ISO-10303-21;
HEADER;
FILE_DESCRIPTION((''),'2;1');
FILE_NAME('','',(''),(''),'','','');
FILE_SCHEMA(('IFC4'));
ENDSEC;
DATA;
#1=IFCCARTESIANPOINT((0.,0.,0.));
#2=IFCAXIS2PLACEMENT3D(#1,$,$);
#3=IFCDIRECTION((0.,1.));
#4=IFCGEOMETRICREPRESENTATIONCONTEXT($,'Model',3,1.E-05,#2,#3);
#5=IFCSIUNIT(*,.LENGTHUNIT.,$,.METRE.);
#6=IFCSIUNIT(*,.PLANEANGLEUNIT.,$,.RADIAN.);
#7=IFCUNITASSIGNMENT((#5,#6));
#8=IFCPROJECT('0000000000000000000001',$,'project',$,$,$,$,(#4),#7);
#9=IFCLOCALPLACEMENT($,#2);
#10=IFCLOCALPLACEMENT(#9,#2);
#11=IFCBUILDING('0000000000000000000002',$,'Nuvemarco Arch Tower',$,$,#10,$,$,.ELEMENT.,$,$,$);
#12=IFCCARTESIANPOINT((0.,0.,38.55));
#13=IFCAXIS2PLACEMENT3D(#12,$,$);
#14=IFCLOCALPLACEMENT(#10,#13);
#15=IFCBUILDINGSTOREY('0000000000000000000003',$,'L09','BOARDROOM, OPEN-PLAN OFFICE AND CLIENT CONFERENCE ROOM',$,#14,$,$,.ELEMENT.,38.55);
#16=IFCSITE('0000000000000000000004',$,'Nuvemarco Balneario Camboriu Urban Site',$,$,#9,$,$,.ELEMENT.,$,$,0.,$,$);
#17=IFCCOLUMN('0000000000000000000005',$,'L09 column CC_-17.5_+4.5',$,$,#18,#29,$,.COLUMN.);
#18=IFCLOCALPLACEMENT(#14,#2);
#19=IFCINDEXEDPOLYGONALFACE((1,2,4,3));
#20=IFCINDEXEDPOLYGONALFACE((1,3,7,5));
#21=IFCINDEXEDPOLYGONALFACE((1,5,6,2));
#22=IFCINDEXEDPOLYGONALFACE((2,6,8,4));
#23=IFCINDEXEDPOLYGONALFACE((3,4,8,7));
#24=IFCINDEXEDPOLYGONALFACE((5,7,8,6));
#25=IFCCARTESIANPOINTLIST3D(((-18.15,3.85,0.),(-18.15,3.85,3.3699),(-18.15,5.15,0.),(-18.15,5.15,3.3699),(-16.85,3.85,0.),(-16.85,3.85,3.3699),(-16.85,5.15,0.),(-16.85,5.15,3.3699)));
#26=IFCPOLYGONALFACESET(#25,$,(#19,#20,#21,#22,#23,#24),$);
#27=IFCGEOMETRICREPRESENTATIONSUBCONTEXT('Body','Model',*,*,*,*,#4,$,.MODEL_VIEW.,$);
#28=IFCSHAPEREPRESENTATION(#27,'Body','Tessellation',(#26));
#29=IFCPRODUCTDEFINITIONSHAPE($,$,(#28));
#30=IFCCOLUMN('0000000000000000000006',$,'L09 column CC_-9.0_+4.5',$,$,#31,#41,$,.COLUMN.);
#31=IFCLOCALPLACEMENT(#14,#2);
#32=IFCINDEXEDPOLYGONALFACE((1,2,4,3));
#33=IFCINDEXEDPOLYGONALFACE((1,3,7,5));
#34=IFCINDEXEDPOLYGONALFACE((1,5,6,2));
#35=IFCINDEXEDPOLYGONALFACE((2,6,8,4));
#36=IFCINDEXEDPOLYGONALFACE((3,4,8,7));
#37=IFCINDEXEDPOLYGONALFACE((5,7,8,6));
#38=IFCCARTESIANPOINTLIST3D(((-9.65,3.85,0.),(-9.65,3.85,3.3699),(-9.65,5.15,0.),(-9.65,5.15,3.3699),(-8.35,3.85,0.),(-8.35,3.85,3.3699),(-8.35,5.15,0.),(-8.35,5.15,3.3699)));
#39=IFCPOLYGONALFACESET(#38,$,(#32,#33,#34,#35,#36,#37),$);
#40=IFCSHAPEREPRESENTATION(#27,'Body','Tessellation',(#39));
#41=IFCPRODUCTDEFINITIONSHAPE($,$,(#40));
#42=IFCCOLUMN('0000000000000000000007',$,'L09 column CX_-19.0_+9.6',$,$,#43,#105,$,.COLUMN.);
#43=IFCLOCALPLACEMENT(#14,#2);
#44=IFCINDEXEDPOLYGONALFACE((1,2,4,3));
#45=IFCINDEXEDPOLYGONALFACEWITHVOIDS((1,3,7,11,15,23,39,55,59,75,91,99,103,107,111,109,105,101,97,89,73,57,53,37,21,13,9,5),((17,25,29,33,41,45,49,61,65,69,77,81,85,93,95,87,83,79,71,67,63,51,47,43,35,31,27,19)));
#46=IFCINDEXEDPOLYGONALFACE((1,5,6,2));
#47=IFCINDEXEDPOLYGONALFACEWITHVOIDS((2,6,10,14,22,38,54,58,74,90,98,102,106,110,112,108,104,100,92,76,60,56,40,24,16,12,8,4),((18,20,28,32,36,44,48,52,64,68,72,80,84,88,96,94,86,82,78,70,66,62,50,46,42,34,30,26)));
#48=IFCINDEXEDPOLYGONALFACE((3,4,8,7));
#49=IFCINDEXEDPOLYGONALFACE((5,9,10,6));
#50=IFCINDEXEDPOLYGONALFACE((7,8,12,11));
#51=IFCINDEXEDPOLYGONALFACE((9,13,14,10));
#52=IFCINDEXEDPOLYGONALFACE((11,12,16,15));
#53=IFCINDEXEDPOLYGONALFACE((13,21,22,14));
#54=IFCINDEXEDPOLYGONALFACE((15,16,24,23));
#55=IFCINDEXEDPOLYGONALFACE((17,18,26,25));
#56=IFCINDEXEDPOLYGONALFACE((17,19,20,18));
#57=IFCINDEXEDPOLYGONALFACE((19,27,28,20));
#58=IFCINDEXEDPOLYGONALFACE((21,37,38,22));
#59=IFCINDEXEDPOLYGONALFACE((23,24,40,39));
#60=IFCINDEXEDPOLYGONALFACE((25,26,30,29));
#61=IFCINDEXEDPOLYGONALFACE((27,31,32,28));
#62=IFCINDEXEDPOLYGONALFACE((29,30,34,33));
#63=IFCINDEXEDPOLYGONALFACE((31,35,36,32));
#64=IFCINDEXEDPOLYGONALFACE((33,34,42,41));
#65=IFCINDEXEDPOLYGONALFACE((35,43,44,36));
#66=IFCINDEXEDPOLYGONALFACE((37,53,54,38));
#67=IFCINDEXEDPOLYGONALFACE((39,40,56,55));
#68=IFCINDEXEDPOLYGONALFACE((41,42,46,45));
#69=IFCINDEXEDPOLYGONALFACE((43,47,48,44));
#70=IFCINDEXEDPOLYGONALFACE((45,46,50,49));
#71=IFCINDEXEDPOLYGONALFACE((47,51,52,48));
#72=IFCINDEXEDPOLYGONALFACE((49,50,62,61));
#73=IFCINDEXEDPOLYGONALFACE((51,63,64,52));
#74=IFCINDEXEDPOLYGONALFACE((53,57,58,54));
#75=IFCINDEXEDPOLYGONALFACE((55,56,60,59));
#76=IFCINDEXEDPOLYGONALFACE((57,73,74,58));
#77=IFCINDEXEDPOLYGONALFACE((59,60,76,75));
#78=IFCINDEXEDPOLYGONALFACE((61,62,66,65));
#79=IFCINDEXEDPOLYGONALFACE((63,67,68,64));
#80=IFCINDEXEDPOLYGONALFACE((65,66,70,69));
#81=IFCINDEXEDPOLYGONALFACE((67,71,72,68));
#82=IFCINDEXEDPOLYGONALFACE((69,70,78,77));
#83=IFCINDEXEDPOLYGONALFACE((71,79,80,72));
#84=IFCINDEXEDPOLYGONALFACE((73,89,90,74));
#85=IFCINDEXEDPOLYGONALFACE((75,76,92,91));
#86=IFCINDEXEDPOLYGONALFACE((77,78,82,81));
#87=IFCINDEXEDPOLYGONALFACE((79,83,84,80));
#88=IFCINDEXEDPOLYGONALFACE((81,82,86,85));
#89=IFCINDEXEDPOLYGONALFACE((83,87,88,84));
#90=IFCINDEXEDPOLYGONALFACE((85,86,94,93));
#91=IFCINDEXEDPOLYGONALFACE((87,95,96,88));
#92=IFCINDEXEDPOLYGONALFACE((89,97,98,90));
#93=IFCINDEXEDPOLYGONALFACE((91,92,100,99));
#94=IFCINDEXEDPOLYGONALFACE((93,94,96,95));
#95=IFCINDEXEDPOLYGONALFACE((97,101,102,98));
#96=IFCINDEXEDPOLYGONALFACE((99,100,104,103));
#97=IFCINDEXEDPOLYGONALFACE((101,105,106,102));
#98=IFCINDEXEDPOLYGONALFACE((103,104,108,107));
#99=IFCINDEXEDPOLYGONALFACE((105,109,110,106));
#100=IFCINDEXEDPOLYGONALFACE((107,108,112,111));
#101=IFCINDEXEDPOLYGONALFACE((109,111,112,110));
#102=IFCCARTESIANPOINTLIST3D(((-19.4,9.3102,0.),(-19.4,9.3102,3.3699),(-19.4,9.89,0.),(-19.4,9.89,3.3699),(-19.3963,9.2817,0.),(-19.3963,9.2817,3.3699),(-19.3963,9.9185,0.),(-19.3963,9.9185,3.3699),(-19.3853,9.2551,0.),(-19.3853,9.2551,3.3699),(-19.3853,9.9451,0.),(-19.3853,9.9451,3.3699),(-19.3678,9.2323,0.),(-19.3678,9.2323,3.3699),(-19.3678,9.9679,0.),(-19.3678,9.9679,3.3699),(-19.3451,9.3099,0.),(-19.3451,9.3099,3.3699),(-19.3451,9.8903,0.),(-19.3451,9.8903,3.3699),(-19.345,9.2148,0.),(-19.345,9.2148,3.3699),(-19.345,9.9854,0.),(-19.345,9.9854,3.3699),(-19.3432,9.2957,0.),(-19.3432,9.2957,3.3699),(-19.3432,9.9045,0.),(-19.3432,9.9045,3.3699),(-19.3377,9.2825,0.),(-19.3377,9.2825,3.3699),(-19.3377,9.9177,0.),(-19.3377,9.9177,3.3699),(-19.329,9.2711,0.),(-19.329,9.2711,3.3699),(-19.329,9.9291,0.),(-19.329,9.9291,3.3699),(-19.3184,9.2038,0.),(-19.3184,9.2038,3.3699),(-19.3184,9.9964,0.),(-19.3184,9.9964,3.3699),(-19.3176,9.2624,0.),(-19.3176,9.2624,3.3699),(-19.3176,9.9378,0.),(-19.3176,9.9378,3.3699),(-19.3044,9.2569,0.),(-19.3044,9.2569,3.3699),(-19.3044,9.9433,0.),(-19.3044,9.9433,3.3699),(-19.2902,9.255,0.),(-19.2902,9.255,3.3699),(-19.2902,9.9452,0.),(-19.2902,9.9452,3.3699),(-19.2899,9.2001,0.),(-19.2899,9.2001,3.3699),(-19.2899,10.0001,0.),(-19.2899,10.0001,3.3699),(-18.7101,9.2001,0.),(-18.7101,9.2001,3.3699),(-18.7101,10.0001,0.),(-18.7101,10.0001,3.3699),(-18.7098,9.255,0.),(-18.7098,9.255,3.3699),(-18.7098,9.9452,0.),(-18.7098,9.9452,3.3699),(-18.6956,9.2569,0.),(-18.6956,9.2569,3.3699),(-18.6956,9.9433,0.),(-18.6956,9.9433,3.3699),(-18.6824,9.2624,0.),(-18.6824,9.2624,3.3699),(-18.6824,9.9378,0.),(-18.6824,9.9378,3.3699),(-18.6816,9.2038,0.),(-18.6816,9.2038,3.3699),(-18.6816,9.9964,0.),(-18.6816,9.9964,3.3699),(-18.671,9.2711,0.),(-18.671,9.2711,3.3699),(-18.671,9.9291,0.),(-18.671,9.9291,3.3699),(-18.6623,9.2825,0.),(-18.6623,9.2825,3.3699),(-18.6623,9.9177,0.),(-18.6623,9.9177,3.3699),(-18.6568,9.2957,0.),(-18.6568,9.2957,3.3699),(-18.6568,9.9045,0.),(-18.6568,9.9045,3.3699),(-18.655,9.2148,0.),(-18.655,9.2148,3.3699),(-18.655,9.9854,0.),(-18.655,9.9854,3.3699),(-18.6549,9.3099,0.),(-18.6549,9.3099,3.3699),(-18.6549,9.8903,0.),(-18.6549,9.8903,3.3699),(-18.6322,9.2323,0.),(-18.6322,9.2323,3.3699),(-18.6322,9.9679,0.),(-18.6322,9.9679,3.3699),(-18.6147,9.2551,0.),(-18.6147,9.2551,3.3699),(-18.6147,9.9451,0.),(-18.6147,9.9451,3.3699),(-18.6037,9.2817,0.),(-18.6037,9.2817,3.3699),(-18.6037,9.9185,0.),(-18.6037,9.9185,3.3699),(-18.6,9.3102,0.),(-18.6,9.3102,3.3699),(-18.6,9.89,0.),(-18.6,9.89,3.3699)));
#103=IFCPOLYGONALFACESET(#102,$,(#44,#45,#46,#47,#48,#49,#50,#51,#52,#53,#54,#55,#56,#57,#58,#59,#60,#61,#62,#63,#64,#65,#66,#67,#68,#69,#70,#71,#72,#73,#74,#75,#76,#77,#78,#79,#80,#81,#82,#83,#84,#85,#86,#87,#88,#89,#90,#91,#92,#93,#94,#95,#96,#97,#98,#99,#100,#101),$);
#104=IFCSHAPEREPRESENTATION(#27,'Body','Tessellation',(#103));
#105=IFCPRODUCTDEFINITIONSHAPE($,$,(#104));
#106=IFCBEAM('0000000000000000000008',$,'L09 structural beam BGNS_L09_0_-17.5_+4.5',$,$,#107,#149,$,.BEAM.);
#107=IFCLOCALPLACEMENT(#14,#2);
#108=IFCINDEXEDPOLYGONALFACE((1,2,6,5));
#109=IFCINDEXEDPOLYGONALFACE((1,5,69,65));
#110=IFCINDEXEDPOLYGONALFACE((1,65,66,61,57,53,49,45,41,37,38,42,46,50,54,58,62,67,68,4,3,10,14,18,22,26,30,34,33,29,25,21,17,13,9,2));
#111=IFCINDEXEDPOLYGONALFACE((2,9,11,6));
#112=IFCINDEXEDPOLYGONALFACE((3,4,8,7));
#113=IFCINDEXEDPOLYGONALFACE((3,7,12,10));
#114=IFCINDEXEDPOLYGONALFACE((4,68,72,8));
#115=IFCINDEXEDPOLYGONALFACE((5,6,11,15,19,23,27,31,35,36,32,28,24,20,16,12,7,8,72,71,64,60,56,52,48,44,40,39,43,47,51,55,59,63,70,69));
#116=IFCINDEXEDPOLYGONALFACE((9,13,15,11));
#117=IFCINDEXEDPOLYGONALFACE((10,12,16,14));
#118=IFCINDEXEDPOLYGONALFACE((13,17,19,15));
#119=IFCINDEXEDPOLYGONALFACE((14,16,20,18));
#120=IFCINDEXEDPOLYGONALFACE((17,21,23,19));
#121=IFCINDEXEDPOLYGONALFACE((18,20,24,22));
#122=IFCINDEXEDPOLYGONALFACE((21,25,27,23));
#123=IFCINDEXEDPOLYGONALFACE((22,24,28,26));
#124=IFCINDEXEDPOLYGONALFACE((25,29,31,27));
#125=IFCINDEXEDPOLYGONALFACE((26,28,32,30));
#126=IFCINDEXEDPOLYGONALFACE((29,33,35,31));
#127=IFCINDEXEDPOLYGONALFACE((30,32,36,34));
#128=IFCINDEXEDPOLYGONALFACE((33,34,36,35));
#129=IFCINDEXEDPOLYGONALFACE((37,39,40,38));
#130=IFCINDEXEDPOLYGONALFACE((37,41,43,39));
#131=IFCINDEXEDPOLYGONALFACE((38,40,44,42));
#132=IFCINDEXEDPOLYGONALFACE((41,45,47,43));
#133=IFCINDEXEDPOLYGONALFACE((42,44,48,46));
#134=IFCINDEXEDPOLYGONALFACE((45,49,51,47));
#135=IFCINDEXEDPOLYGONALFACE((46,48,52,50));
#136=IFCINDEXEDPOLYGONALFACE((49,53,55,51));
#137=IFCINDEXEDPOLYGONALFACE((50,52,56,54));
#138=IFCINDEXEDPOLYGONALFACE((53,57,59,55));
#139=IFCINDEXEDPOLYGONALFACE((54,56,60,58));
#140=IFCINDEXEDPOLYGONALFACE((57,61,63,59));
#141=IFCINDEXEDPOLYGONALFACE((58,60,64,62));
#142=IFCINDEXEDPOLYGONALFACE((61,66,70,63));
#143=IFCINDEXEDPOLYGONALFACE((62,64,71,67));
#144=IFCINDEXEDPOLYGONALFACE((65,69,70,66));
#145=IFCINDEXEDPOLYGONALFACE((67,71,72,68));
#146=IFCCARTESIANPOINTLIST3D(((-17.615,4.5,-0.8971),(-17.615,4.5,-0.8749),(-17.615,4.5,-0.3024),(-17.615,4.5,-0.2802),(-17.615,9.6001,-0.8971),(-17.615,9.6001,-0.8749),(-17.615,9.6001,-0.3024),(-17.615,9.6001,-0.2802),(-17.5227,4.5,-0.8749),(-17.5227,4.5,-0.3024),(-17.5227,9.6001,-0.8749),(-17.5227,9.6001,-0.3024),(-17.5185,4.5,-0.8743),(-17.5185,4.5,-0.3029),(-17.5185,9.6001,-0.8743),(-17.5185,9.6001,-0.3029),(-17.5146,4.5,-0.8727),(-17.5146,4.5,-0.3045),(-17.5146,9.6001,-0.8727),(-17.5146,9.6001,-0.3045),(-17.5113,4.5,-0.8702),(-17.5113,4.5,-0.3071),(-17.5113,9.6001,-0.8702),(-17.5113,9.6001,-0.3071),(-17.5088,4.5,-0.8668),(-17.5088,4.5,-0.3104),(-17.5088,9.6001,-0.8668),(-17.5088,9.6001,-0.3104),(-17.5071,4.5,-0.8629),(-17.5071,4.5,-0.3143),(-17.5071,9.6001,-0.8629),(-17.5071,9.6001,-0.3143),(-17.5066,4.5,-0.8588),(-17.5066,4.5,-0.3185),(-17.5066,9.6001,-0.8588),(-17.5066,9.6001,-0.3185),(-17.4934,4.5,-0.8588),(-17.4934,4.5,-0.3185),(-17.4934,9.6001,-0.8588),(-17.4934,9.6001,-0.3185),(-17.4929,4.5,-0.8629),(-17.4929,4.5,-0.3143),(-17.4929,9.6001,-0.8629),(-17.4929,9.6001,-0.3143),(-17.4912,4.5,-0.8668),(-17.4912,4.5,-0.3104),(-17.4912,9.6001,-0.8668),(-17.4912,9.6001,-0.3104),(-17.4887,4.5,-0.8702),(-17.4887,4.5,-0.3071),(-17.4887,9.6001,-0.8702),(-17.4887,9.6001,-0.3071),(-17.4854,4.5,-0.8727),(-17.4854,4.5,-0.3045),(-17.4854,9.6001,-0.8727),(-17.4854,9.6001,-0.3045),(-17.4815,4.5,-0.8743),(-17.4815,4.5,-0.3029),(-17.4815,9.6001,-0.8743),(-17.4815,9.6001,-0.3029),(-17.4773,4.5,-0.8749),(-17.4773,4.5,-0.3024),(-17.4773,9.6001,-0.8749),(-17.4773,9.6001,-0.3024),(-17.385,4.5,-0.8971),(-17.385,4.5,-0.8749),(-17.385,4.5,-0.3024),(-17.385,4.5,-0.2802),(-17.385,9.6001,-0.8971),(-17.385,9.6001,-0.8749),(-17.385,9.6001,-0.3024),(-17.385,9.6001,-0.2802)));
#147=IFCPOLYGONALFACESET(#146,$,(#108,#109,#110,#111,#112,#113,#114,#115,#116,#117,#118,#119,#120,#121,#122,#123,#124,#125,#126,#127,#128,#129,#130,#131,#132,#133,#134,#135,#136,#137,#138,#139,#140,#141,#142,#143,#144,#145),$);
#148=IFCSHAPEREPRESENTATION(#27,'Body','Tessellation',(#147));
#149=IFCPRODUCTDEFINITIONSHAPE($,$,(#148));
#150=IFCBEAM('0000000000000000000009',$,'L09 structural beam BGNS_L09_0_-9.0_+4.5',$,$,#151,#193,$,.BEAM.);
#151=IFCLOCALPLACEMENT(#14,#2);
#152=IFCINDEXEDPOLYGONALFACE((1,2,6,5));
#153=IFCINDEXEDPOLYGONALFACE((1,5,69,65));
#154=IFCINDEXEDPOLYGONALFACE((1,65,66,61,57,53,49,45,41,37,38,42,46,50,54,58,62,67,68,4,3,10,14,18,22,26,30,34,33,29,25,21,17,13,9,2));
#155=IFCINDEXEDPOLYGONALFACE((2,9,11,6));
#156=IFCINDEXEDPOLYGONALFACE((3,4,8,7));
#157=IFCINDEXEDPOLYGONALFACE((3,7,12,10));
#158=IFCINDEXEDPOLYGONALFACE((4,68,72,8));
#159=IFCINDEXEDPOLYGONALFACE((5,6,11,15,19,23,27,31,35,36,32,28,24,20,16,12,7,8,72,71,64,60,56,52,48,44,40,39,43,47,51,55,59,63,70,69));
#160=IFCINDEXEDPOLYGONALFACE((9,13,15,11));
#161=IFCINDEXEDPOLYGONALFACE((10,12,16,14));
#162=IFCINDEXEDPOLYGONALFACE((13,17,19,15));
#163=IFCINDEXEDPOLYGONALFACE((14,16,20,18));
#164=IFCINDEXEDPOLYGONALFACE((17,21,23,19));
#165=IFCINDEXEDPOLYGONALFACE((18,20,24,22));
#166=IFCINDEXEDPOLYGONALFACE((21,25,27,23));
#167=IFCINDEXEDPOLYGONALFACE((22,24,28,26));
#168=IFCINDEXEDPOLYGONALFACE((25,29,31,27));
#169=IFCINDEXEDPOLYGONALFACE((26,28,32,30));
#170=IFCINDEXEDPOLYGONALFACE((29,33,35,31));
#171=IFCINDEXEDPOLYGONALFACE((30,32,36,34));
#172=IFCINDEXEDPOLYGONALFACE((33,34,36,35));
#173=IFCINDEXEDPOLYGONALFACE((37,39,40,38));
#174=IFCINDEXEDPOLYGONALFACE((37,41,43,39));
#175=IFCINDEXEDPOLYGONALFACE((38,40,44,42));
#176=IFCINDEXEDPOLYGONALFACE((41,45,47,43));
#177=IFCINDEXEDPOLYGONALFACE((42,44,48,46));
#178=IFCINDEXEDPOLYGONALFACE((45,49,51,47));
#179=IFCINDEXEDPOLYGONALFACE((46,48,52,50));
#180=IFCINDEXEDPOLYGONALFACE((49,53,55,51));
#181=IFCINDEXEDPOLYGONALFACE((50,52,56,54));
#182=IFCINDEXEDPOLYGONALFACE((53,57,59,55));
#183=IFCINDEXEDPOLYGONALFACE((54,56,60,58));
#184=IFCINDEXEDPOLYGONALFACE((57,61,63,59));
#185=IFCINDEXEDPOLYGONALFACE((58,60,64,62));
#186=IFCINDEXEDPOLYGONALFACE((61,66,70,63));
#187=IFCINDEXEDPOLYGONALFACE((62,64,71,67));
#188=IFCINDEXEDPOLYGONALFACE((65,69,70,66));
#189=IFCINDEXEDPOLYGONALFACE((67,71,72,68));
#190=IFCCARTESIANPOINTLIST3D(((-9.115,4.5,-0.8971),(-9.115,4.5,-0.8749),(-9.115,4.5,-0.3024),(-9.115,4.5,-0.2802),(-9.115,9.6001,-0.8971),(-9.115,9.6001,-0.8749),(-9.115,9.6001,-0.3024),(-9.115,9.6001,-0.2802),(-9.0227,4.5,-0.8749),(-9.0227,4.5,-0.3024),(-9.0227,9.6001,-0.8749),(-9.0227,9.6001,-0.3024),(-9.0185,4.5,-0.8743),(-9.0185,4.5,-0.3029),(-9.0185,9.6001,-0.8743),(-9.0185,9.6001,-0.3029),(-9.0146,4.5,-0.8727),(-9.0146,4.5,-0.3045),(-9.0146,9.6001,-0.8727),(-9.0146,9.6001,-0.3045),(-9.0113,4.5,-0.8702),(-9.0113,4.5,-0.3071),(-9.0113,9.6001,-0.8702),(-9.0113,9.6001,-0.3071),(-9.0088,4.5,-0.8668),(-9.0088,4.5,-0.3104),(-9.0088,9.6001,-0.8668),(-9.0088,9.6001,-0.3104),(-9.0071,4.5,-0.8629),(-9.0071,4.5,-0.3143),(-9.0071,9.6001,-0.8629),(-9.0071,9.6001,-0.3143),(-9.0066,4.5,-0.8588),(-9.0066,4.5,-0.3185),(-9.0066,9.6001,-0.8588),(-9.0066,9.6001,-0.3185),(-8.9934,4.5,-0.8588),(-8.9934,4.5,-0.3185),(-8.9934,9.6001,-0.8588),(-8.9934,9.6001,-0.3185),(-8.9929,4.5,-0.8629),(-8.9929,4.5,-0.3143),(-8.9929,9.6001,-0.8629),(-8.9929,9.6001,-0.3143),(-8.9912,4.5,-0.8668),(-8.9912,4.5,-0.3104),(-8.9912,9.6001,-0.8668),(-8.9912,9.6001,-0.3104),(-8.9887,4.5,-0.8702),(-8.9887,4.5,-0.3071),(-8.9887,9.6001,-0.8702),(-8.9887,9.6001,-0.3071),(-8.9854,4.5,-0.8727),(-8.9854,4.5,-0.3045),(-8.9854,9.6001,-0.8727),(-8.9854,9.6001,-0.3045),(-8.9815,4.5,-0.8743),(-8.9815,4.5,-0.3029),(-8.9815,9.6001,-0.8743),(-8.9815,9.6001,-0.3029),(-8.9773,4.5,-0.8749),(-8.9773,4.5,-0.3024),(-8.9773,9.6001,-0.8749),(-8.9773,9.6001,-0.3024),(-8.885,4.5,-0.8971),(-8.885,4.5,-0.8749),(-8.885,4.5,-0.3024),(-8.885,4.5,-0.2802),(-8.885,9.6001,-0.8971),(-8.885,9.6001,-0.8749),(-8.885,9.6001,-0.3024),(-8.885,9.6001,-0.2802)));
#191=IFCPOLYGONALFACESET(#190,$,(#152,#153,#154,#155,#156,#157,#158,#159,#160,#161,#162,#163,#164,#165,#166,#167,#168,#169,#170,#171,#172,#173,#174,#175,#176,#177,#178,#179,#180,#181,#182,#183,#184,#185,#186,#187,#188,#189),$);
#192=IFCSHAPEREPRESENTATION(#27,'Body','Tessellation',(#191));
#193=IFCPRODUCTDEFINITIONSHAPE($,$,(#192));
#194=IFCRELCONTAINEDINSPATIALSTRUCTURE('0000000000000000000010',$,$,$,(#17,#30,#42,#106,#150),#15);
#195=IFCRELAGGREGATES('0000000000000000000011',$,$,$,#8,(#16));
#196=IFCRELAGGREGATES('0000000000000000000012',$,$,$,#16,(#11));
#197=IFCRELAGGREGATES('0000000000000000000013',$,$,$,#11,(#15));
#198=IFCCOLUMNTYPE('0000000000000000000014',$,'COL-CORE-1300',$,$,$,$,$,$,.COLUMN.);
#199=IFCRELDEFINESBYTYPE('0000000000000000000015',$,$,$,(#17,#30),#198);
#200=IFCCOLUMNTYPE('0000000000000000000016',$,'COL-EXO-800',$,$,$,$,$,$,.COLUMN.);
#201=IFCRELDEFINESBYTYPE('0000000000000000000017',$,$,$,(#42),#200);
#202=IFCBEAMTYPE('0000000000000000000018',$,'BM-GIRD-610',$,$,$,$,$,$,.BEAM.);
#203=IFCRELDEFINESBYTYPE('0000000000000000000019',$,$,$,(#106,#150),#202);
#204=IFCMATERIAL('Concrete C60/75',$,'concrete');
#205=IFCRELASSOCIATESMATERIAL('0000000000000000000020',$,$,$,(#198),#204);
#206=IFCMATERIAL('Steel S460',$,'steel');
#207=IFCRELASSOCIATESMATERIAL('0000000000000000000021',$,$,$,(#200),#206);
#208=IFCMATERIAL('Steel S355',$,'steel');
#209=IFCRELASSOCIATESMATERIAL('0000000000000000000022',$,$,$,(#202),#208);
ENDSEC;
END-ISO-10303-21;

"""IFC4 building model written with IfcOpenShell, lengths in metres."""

from ifc_helpers import new_model, si_unit, direction, frame, origin, origin_2d, place, context, subcontext, project, spatial, rectangle, hollow_rectangle, i_section, extrude, material, material_profile, profile_set, type_object, element, save


model = new_model("IFC4")

# Units and contexts
model_context = context("Model", 3, precision=1e-05, world=origin(), true_north=direction((0.0, 1.0)))
body_context = subcontext(model_context, "Body", "Model", "MODEL_VIEW")
ifc_project = project(units=[si_unit("LENGTHUNIT", "METRE"), si_unit("PLANEANGLEUNIT", "RADIAN")], contexts=[model_context])

# Site, building, storey
site_placement = place(None, origin())
site = spatial("IfcSite", under=ifc_project, at=site_placement, Name="Nuvemarco Balneario Camboriu Urban Site", CompositionType="ELEMENT", RefElevation=0.0)
building_placement = place(site_placement, origin())
building = spatial("IfcBuilding", under=site, at=building_placement, Name="Nuvemarco Arch Tower", CompositionType="ELEMENT")
storey_placement = place(building_placement, frame((0.0, 0.0, 38.55)))
storey = spatial("IfcBuildingStorey", under=building, at=storey_placement, Name="L09", Description="BOARDROOM, OPEN-PLAN OFFICE AND CLIENT CONFERENCE ROOM", CompositionType="ELEMENT", Elevation=38.55)

# Columns
ifc_material_1 = material(Name="Concrete C60/75", Category="concrete")
ifc_material_profile_1 = material_profile(ifc_material_1, rectangle(XDim=1.3, YDim=1.3, at=origin_2d()), Name="RC-COL-1300x1300")
ifc_profile_set_1 = profile_set([ifc_material_profile_1], Name="Concrete C60/75")
column_type_1 = type_object("IfcColumnType", Name="COL-CORE-1300", PredefinedType="COLUMN", material=ifc_profile_set_1)
for number, where, z_axis, x_axis, name in (
    (1, (-17.5, 4.5, 0.0), (0.0, 0.0, 1.0), (1.0, 0.0, 0.0), "L09 column CC_-17.5_+4.5"),
    (2, (-9.0, 4.5, 0.0), (0.0, 0.0, 1.0), (1.0, 0.0, 0.0), "L09 column CC_-9.0_+4.5"),
):
    element("IfcColumn", number, at=place(storey_placement, frame(where, z_axis=z_axis, x_axis=x_axis)), inside=storey, type_object=column_type_1, Name=name, PredefinedType="COLUMN", context=body_context, shape_type="SweptSolid", body=[
        extrude(rectangle(XDim=1.3, YDim=1.3, at=origin_2d()), origin(), (0.0, 0.0, 1.0), 3.3699),
    ])
ifc_material_2 = material(Name="Steel S460", Category="steel")
ifc_material_profile_2 = material_profile(ifc_material_2, hollow_rectangle(XDim=0.8, YDim=0.8, WallThickness=0.0549, InnerFilletRadius=0.0549, OuterFilletRadius=0.1101, at=origin_2d()), Name="SHS800x800x55")
ifc_profile_set_2 = profile_set([ifc_material_profile_2], Name="Steel S460")
column_type_2 = type_object("IfcColumnType", Name="COL-EXO-800", PredefinedType="COLUMN", material=ifc_profile_set_2)
column_placement = place(storey_placement, frame((-19.0, 9.6001, 0.0), z_axis=(0.0, 0.0, 1.0), x_axis=(1.0, 0.0, 0.0)))
element("IfcColumn", 3, at=column_placement, inside=storey, type_object=column_type_2, Name="L09 column CX_-19.0_+9.6", PredefinedType="COLUMN", context=body_context, shape_type="SweptSolid", body=[
    extrude(hollow_rectangle(XDim=0.8, YDim=0.8, WallThickness=0.0549, InnerFilletRadius=0.0549, OuterFilletRadius=0.1101, at=origin_2d()), origin(), (0.0, 0.0, 1.0), 3.3699),
])

# Beams
ifc_material_3 = material(Name="Steel S355", Category="steel")
ifc_material_profile_3 = material_profile(ifc_material_3, i_section(OverallWidth=0.23, OverallDepth=0.6169, WebThickness=0.0132, FlangeThickness=0.0222, FilletRadius=0.0161, at=origin_2d()), Name="W610x140")
ifc_profile_set_3 = profile_set([ifc_material_profile_3], Name="Steel S355")
beam_type = type_object("IfcBeamType", Name="BM-GIRD-610", PredefinedType="BEAM", material=ifc_profile_set_3)
for number, where, z_axis, x_axis, name in (
    (4, (-17.5, 4.5, -0.5886), (0.0, 1.0, 0.0), (-1.0, 0.0, 0.0), "L09 structural beam BGNS_L09_0_-17.5_+4.5"),
    (5, (-9.0, 4.5, -0.5886), (0.0, 1.0, 0.0), (-1.0, 0.0, 0.0), "L09 structural beam BGNS_L09_0_-9.0_+4.5"),
):
    element("IfcBeam", number, at=place(storey_placement, frame(where, z_axis=z_axis, x_axis=x_axis)), inside=storey, type_object=beam_type, Name=name, PredefinedType="BEAM", context=body_context, shape_type="SweptSolid", body=[
        extrude(i_section(OverallWidth=0.23, OverallDepth=0.6169, WebThickness=0.0132, FlangeThickness=0.0222, FilletRadius=0.0161, at=origin_2d()), origin(), (0.0, 0.0, 1.0), 5.1001),
    ])

save(model, "model.ifc")
